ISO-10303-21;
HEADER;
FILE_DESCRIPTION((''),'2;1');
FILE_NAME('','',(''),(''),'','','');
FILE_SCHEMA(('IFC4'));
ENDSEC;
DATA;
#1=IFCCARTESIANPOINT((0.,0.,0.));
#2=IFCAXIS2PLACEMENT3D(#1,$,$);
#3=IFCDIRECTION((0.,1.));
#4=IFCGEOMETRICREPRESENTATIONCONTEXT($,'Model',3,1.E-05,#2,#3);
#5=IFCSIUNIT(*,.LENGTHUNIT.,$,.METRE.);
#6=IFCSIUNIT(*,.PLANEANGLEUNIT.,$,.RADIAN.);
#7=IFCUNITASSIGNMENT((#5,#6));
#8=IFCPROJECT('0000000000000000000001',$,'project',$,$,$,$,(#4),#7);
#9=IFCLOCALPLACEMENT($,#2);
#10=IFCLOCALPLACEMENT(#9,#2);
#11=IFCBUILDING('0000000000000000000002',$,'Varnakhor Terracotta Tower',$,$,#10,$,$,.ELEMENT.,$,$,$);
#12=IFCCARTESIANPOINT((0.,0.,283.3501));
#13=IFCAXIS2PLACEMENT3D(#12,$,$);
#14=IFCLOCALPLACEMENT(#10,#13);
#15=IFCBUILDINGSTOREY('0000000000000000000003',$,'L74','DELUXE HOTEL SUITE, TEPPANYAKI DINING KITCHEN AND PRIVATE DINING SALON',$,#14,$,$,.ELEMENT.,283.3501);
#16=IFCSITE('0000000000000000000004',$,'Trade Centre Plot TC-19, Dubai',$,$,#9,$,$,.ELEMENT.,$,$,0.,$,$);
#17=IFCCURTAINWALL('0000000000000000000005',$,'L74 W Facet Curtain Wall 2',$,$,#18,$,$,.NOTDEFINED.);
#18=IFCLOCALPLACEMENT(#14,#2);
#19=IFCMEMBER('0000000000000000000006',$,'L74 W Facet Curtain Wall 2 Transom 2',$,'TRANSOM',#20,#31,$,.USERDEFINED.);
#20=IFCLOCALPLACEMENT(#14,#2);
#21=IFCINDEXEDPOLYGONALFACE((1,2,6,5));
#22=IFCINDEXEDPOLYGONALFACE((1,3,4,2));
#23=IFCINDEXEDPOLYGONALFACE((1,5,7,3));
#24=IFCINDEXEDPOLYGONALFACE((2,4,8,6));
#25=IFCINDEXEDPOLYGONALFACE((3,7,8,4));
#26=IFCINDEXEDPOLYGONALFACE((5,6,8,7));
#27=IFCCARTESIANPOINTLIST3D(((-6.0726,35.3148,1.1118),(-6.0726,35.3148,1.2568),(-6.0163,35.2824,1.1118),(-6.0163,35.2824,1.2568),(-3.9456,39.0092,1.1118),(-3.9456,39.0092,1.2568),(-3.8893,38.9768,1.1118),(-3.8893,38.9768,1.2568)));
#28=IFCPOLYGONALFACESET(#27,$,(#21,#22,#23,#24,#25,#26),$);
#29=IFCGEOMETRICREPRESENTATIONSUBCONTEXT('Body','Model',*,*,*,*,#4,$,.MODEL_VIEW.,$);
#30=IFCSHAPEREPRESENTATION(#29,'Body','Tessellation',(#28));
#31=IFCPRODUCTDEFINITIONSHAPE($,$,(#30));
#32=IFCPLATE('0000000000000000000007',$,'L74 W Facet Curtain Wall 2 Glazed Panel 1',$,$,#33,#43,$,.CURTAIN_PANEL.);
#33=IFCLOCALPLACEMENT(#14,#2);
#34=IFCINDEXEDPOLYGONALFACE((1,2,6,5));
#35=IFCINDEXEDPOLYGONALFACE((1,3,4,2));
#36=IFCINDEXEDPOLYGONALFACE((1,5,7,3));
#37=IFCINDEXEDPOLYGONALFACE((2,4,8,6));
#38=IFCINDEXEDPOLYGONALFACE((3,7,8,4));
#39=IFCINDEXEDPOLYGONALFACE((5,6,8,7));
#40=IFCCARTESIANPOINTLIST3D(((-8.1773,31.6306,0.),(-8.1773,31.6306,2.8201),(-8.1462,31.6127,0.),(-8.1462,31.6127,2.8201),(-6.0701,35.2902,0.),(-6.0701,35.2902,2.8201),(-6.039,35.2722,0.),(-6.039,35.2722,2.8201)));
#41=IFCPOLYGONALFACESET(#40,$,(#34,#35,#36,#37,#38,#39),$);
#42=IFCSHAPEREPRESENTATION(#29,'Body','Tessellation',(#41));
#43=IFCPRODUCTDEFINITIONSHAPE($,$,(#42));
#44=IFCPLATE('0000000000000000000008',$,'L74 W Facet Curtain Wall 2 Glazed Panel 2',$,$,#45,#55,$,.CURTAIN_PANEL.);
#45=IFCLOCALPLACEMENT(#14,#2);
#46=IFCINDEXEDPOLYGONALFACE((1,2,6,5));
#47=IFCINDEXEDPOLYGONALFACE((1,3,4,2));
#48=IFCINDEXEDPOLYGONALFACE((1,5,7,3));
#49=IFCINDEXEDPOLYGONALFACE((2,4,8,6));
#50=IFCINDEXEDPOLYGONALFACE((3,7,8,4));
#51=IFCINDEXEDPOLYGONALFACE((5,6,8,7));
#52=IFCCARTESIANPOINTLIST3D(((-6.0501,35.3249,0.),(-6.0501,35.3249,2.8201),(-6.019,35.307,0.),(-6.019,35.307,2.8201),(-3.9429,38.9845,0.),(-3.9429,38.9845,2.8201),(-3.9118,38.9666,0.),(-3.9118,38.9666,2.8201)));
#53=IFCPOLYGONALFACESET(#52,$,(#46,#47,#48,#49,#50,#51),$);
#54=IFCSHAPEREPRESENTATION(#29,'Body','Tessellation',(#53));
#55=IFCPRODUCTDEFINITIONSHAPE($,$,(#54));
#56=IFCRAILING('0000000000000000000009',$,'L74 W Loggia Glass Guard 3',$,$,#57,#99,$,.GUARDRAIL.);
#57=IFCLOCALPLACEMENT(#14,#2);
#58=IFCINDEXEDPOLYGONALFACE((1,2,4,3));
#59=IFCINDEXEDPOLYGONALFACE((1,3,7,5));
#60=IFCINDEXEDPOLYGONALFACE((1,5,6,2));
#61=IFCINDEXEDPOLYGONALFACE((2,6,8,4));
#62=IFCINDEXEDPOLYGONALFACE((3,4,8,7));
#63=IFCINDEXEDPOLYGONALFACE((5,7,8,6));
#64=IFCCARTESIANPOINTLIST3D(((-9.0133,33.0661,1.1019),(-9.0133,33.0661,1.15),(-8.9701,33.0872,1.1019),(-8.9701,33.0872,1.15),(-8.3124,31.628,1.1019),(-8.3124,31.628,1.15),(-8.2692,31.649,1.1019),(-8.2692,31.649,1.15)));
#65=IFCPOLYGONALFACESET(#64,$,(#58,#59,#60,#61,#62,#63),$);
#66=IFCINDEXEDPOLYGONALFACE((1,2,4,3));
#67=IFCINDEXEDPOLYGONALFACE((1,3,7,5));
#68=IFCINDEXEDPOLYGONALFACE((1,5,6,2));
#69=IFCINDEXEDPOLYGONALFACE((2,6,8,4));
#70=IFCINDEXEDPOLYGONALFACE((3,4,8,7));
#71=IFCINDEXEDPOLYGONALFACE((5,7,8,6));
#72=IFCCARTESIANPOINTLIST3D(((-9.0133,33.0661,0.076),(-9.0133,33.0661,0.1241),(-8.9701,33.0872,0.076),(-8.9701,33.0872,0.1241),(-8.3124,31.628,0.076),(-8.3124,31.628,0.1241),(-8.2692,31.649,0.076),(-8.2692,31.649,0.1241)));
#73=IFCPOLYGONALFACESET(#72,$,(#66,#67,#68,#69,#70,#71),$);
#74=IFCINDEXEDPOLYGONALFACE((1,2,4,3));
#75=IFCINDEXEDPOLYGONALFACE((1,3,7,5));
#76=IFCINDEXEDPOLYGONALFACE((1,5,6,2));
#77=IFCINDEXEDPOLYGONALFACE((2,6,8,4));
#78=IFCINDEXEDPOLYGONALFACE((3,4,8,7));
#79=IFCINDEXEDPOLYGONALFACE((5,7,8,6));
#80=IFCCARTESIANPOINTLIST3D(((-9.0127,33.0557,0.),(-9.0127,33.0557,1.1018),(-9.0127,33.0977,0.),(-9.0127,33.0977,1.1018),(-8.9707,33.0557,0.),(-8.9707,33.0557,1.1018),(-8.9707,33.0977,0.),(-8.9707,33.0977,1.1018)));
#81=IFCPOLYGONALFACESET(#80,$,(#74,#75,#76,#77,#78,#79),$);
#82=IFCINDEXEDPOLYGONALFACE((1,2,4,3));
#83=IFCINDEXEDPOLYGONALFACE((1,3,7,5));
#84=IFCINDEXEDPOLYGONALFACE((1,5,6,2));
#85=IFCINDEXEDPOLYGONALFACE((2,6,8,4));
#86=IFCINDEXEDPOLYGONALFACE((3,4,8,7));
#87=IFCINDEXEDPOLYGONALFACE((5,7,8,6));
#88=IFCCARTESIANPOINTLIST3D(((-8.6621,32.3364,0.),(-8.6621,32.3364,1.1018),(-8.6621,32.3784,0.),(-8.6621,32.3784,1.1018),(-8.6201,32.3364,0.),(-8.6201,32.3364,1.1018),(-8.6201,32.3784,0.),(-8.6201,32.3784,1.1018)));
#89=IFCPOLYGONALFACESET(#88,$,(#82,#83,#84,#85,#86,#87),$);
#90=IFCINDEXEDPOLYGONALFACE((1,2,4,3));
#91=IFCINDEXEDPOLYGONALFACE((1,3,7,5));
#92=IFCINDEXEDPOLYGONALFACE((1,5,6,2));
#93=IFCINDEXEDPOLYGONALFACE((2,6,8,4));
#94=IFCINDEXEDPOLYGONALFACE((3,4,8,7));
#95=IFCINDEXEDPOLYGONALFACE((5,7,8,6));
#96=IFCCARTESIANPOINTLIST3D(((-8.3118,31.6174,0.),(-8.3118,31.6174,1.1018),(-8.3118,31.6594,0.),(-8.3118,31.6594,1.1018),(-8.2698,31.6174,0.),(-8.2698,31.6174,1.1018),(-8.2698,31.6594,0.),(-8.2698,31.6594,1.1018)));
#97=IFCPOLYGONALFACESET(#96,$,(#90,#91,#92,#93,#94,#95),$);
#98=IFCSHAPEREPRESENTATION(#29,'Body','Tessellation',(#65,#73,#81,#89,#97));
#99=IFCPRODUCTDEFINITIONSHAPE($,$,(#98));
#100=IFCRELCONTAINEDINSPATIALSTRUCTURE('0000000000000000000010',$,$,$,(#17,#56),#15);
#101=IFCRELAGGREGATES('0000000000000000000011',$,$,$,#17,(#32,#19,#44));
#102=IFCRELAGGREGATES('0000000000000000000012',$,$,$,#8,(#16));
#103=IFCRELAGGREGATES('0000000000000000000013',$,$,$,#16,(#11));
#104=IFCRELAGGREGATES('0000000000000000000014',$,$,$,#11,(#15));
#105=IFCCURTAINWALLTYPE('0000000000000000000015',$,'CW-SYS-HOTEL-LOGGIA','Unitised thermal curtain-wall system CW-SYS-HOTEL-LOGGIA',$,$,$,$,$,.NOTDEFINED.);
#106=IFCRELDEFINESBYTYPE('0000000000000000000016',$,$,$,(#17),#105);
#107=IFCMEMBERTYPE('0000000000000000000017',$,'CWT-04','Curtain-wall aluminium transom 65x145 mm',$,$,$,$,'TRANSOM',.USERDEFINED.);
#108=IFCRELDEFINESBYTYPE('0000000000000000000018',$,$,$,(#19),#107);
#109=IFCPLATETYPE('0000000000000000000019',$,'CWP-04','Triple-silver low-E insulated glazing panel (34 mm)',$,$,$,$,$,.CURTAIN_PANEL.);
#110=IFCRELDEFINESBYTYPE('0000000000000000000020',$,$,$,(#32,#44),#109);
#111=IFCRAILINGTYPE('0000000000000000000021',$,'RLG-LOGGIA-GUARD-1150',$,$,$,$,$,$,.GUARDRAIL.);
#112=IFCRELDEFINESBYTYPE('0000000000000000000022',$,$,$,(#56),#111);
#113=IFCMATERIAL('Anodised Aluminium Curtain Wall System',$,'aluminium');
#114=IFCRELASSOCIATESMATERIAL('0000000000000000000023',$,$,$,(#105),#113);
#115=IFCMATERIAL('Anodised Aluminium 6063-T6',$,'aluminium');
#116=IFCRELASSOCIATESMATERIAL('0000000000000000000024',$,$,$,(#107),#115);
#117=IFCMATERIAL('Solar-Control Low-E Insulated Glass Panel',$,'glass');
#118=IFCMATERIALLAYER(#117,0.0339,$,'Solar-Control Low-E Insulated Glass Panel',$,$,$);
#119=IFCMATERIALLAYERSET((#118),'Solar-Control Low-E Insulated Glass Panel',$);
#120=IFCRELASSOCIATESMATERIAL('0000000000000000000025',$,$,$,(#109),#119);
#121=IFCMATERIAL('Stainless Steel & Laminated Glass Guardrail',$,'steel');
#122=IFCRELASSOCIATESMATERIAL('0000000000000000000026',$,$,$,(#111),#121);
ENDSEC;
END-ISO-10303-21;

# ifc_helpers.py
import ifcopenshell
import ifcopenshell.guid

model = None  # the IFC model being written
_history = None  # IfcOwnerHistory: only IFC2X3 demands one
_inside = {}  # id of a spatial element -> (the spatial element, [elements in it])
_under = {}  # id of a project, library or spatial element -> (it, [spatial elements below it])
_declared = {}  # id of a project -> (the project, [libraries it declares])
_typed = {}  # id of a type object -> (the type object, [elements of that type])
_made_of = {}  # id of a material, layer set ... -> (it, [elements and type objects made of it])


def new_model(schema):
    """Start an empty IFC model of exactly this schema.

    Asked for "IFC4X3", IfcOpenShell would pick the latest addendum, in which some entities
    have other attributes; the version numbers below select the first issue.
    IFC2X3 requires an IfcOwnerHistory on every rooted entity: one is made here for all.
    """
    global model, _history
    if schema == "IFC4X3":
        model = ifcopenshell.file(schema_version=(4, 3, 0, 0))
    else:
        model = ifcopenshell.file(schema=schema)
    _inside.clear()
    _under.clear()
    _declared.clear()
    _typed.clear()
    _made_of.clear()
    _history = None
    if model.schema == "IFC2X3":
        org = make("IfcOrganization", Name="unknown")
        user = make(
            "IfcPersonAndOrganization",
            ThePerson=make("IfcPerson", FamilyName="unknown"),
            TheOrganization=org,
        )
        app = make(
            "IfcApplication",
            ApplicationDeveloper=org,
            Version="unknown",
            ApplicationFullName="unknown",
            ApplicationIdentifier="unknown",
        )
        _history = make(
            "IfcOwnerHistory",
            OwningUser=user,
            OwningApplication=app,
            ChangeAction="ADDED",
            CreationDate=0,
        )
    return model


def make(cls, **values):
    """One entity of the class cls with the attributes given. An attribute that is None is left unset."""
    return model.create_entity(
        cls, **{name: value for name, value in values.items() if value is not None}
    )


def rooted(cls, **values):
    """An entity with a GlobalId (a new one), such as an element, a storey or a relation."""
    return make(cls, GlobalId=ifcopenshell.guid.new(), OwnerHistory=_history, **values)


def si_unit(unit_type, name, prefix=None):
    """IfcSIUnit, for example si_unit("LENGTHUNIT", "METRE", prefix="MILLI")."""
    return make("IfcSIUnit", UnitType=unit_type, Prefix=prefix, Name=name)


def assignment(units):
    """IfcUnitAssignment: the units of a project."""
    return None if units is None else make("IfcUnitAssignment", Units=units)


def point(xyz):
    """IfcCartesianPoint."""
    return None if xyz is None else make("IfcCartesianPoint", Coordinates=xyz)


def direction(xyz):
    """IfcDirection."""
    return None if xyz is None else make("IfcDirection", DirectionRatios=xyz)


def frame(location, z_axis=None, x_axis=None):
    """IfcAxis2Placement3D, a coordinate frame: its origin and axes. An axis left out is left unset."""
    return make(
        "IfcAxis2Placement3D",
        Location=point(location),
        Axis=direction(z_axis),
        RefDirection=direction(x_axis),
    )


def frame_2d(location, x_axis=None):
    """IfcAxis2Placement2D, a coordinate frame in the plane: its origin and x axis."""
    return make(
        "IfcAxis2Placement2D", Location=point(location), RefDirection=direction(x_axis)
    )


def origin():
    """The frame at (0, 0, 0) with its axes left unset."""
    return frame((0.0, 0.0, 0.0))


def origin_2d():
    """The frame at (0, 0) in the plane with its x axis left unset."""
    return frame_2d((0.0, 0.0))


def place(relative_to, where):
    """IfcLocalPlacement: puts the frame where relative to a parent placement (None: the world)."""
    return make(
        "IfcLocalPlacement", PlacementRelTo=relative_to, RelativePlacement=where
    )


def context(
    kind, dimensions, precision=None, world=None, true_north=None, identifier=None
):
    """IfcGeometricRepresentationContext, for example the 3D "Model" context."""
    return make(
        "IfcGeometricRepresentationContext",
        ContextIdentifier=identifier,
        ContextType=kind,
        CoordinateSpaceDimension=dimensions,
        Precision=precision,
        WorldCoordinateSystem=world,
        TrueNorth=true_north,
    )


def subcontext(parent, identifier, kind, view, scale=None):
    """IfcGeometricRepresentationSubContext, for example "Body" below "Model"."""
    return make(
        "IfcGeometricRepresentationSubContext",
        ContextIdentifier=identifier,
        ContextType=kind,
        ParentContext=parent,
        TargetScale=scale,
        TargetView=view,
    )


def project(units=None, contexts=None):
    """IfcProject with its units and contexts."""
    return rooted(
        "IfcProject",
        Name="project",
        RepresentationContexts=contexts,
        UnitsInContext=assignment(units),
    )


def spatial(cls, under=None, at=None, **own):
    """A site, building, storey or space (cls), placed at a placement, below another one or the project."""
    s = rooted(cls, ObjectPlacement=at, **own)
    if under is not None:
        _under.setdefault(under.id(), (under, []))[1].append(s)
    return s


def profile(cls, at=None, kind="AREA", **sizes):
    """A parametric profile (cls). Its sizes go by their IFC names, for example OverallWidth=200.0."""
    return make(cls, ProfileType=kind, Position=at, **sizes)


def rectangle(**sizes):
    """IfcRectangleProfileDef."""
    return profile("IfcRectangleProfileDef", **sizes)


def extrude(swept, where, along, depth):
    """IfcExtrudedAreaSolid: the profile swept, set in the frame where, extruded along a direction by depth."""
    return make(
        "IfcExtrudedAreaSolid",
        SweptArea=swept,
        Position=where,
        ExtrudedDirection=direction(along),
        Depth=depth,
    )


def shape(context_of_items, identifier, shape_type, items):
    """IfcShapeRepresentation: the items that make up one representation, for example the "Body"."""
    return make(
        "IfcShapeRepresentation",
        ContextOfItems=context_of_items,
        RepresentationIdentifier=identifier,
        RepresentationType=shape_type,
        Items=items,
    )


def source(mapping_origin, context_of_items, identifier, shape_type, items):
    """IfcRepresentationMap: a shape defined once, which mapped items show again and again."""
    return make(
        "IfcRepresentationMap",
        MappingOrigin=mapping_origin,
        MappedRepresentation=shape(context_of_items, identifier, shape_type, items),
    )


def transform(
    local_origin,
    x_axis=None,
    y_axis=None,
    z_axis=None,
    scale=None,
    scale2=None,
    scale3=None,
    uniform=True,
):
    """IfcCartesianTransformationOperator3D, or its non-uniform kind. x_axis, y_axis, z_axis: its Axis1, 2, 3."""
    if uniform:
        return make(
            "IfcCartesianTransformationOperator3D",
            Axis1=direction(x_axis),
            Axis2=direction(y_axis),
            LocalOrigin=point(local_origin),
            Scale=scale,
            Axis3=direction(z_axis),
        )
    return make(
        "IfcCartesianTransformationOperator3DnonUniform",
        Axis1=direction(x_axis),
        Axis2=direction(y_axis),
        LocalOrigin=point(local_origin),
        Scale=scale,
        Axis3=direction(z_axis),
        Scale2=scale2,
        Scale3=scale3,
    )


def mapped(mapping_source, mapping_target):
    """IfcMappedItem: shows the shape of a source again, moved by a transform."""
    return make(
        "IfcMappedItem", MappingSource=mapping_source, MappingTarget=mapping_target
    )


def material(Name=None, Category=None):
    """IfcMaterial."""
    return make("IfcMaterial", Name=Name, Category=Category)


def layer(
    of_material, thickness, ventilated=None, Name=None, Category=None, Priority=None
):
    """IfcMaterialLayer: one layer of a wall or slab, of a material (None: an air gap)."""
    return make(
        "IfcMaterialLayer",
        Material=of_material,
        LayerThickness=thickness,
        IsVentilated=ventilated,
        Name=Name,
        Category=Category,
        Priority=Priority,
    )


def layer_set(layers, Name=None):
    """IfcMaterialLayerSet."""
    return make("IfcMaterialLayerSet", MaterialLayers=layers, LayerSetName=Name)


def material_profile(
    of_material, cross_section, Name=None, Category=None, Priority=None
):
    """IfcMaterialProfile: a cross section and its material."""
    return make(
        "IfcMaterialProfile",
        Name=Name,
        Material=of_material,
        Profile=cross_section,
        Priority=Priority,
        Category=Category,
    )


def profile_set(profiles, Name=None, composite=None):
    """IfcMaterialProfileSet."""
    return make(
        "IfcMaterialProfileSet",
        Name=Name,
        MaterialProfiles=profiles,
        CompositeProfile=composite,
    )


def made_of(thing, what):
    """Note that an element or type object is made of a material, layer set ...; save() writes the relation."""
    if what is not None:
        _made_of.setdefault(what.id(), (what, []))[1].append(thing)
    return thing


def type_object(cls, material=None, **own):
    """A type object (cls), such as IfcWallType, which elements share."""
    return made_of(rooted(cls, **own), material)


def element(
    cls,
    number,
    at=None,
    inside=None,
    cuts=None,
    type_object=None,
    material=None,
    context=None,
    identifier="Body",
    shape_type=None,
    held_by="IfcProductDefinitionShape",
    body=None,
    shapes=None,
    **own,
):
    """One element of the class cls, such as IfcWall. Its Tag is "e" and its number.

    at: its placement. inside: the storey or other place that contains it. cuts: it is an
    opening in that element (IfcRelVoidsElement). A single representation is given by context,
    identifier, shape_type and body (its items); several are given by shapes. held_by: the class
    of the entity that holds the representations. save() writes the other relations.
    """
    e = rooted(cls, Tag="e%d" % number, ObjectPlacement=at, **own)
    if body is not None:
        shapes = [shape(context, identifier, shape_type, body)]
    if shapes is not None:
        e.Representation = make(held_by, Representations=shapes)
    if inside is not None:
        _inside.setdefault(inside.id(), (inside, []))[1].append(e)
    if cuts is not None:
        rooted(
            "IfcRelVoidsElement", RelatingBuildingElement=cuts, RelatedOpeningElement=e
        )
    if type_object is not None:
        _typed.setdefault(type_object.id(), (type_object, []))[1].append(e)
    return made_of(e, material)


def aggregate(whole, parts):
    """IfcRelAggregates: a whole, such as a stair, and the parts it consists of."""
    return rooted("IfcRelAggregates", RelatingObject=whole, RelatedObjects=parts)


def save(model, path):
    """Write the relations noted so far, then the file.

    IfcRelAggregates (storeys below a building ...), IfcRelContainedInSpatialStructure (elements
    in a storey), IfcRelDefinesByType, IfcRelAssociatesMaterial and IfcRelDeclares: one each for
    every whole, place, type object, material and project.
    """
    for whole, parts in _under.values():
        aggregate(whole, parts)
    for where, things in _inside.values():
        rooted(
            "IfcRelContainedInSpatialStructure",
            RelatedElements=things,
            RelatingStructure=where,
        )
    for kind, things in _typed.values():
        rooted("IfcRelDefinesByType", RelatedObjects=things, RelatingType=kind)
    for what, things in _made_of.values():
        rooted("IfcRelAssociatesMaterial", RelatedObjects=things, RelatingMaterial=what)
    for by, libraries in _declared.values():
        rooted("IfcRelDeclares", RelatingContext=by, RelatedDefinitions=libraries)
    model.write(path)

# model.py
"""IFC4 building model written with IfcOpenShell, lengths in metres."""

from ifc_helpers import new_model, si_unit, direction, frame, origin, origin_2d, place, context, subcontext, project, spatial, rectangle, extrude, source, transform, mapped, material, layer, layer_set, material_profile, profile_set, type_object, element, aggregate, save


model = new_model("IFC4")

# Units and contexts
model_context = context("Model", 3, precision=1e-05, world=origin(), true_north=direction((0.0, 1.0)))
body_context = subcontext(model_context, "Body", "Model", "MODEL_VIEW")
ifc_project = project(units=[si_unit("LENGTHUNIT", "METRE"), si_unit("PLANEANGLEUNIT", "RADIAN")], contexts=[model_context])

# Site, building, storey
site_placement = place(None, origin())
site = spatial("IfcSite", under=ifc_project, at=site_placement, Name="Trade Centre Plot TC-19, Dubai", CompositionType="ELEMENT", RefElevation=0.0)
building_placement = place(site_placement, origin())
building = spatial("IfcBuilding", under=site, at=building_placement, Name="Varnakhor Terracotta Tower", CompositionType="ELEMENT")
storey_placement = place(building_placement, frame((0.0, 0.0, 283.3501)))
storey = spatial("IfcBuildingStorey", under=building, at=storey_placement, Name="L74", Description="DELUXE HOTEL SUITE, TEPPANYAKI DINING KITCHEN AND PRIVATE DINING SALON", CompositionType="ELEMENT", Elevation=283.3501)

# Curtain wall, member, plates
ifc_material_1 = material(Name="Anodised Aluminium Curtain Wall System", Category="aluminium")
curtain_wall_type = type_object("IfcCurtainWallType", Name="CW-SYS-HOTEL-LOGGIA", Description="Unitised thermal curtain-wall system CW-SYS-HOTEL-LOGGIA", PredefinedType="NOTDEFINED", material=ifc_material_1)
curtain_wall_placement = place(storey_placement, origin())
curtain_wall = element("IfcCurtainWall", 1, at=curtain_wall_placement, inside=storey, type_object=curtain_wall_type, Name="L74 W Facet Curtain Wall 2", PredefinedType="NOTDEFINED")
ifc_material_2 = material(Name="Anodised Aluminium 6063-T6", Category="aluminium")
ifc_material_profile_1 = material_profile(ifc_material_2, rectangle(XDim=0.0649, YDim=0.145, at=origin_2d()), Name="ALU TRANSOM 65x145")
ifc_profile_set_1 = profile_set([ifc_material_profile_1], Name="Anodised Aluminium 6063-T6")
member_type_1 = type_object("IfcMemberType", Name="CWT-04", Description="Curtain-wall aluminium transom 65x145 mm", ElementType="TRANSOM", PredefinedType="USERDEFINED", material=ifc_profile_set_1)
shared_shape_1 = source(origin(), body_context, "Body", "SweptSolid", [
    extrude(rectangle(XDim=0.0649, YDim=0.145, at=origin_2d()), origin(), (0.0, 0.0, 1.0), 4.2629),
])
member_1_placement = place(storey_placement, frame((-6.0444, 35.2986, 1.1843), z_axis=(0.498949, 0.866631, 0.0), x_axis=(-0.866631, 0.498949, 0.0)))
member_1 = element("IfcMember", 2, at=member_1_placement, type_object=member_type_1, Name="L74 W Facet Curtain Wall 2 Transom 2", ObjectType="TRANSOM", PredefinedType="USERDEFINED", context=body_context, shape_type="MappedRepresentation", body=[
    mapped(shared_shape_1, transform((0.0, 0.0, 0.0), scale=1.0)),
])
ifc_material_3 = material(Name="Solar-Control Low-E Insulated Glass Panel", Category="glass")
ifc_layer = layer(ifc_material_3, 0.0339, Name="Solar-Control Low-E Insulated Glass Panel")
ifc_layer_set = layer_set([ifc_layer], Name="Solar-Control Low-E Insulated Glass Panel")
plate_type = type_object("IfcPlateType", Name="CWP-04", Description="Triple-silver low-E insulated glazing panel (34 mm)", PredefinedType="CURTAIN_PANEL", material=ifc_layer_set)
shared_shape_2 = source(origin(), body_context, "Body", "SweptSolid", [
    extrude(rectangle(XDim=4.2229, YDim=0.0359, at=origin_2d()), origin(), (0.0, 0.0, 1.0), 2.8201),
])
plate_1_placement = place(storey_placement, frame((-7.1082, 33.4514, 0.0), z_axis=(0.0, 0.0, 1.0), x_axis=(0.499002, 0.866601, 0.0)))
plate_1 = element("IfcPlate", 3, at=plate_1_placement, type_object=plate_type, Name="L74 W Facet Curtain Wall 2 Glazed Panel 1", PredefinedType="CURTAIN_PANEL", context=body_context, shape_type="MappedRepresentation", body=[
    mapped(shared_shape_2, transform((0.0, 0.0, 0.0), scale=1.0)),
])
plate_2_placement = place(storey_placement, frame((-4.981, 37.1458, 0.0), z_axis=(0.0, 0.0, 1.0), x_axis=(0.499002, 0.866601, 0.0)))
plate_2 = element("IfcPlate", 4, at=plate_2_placement, type_object=plate_type, Name="L74 W Facet Curtain Wall 2 Glazed Panel 2", PredefinedType="CURTAIN_PANEL", context=body_context, shape_type="MappedRepresentation", body=[
    mapped(shared_shape_2, transform((0.0, 0.0, 0.0), scale=1.0)),
])
aggregate(curtain_wall, [plate_1, member_1, plate_2])

# Railing
ifc_material_4 = material(Name="Stainless Steel & Laminated Glass Guardrail", Category="steel")
railing_type = type_object("IfcRailingType", Name="RLG-LOGGIA-GUARD-1150", PredefinedType="GUARDRAIL", material=ifc_material_4)
railing_placement = place(storey_placement, frame((-8.9917, 33.0767, 0.0)))
element("IfcRailing", 5, at=railing_placement, inside=storey, type_object=railing_type, Name="L74 W Loggia Glass Guard 3", PredefinedType="GUARDRAIL", context=body_context, shape_type="SweptSolid", body=[
    extrude(rectangle(XDim=0.0481, YDim=0.0481, at=origin_2d()), frame((0.0, 0.0, 1.126), z_axis=(0.438096, -0.898928, 0.0), x_axis=(0.898928, 0.438096, 0.0)), (0.0, 0.0, 1.0), 1.5999),
    extrude(rectangle(XDim=0.0481, YDim=0.0481, at=origin_2d()), frame((0.0, 0.0, 0.1001), z_axis=(0.438096, -0.898928, 0.0), x_axis=(0.898928, 0.438096, 0.0)), (0.0, 0.0, 1.0), 1.5999),
    extrude(rectangle(XDim=0.042, YDim=0.042, at=origin_2d()), origin(), (0.0, 0.0, 1.0), 1.1018),
    extrude(rectangle(XDim=0.042, YDim=0.042, at=origin_2d()), frame((0.3506, -0.7192, 0.0)), (0.0, 0.0, 1.0), 1.1018),
    extrude(rectangle(XDim=0.042, YDim=0.042, at=origin_2d()), frame((0.7009, -1.4382, 0.0)), (0.0, 0.0, 1.0), 1.1018),
])

save(model, "model.ifc")
